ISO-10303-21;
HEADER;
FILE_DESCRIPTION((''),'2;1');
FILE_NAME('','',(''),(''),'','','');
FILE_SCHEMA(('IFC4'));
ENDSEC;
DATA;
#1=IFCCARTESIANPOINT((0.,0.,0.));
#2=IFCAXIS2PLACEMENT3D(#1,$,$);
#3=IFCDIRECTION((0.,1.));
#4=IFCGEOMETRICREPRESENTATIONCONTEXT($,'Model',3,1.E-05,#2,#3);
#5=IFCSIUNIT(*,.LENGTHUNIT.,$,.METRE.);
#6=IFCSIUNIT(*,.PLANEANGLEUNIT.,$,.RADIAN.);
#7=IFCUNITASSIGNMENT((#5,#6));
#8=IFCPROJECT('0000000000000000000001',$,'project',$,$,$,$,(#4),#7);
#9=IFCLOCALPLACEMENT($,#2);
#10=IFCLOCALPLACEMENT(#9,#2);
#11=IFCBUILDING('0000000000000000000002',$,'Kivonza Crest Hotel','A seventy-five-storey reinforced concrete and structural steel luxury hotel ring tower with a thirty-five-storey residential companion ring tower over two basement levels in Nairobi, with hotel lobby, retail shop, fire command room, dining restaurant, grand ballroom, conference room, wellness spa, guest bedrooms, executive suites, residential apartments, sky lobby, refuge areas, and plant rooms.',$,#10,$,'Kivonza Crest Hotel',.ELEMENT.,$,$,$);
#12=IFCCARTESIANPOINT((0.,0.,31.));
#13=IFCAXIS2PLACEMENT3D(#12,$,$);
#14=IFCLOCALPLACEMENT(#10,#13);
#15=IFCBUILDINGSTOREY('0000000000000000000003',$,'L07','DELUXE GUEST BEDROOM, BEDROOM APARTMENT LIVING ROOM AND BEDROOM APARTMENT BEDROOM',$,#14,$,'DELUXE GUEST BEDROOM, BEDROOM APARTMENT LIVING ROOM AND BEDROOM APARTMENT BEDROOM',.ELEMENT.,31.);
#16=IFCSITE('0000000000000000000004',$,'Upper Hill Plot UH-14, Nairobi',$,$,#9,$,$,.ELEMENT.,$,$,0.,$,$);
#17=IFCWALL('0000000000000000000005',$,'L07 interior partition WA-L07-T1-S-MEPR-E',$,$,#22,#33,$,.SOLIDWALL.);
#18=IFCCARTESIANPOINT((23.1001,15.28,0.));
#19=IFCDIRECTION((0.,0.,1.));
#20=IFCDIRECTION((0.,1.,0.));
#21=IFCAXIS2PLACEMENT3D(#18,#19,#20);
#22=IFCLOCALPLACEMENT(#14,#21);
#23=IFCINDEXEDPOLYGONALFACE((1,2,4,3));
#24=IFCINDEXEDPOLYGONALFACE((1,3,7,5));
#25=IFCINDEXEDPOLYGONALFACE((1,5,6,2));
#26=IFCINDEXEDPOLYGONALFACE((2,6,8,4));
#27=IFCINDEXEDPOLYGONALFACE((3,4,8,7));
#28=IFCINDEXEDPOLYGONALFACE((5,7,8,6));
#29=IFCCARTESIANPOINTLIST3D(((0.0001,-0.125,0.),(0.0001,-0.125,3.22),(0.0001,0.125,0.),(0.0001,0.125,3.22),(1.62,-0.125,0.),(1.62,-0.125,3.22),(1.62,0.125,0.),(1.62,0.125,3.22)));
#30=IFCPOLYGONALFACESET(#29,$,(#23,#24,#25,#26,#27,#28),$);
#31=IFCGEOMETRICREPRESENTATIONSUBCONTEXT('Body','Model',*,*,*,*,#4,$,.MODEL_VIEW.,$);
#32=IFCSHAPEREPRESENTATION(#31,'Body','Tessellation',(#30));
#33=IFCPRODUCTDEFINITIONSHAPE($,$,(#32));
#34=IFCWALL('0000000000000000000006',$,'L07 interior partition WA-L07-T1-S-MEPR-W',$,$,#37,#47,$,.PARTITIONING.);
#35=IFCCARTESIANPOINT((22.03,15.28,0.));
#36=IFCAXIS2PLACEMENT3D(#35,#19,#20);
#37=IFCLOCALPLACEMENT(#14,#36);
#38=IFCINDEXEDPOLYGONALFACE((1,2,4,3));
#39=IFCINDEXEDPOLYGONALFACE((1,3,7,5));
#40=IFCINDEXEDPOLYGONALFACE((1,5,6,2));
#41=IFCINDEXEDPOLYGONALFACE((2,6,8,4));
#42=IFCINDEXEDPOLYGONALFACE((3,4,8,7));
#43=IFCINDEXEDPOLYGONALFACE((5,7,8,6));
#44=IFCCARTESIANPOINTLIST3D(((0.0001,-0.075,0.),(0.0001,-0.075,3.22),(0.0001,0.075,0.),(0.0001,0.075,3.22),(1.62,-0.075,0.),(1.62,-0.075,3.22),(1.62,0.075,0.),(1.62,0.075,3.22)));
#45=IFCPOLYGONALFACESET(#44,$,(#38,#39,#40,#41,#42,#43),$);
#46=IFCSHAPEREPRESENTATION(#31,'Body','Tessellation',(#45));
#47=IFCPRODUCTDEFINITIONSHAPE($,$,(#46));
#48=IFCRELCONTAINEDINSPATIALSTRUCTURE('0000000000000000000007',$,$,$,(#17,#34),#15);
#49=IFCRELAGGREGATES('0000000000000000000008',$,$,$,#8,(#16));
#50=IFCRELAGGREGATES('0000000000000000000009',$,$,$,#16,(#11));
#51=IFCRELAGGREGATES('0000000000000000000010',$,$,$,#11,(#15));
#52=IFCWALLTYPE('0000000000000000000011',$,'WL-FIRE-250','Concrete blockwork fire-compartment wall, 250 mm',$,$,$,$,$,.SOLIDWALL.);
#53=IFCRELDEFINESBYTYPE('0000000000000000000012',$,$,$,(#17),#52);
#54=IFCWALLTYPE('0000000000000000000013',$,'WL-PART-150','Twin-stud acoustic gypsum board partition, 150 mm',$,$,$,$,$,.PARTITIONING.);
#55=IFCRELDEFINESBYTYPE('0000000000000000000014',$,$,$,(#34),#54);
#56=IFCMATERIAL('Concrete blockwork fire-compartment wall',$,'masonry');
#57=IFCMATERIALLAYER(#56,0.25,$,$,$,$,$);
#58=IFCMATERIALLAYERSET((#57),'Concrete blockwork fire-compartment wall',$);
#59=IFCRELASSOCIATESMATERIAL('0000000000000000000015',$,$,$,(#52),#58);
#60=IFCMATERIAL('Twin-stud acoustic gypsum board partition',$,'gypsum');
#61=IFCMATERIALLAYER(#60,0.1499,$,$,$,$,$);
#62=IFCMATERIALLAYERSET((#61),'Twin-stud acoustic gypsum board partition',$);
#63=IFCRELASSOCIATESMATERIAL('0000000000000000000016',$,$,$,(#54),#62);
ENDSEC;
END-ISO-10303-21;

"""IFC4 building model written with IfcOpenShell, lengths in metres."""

from ifc_helpers import new_model, si_unit, direction, frame, frame_2d, origin, place, context, subcontext, project, spatial, rectangle, extrude, material, layer, layer_set, type_object, element, save


model = new_model("IFC4")

# Units and contexts
model_context = context("Model", 3, precision=1e-05, world=origin(), true_north=direction((0.0, 1.0)))
body_context = subcontext(model_context, "Body", "Model", "MODEL_VIEW")
ifc_project = project(units=[si_unit("LENGTHUNIT", "METRE"), si_unit("PLANEANGLEUNIT", "RADIAN")], contexts=[model_context])

# Site, building, storey
site_placement = place(None, origin())
site = spatial("IfcSite", under=ifc_project, at=site_placement, Name="Upper Hill Plot UH-14, Nairobi", CompositionType="ELEMENT", RefElevation=0.0)
building_placement = place(site_placement, origin())
building = spatial("IfcBuilding", under=site, at=building_placement, Name="Kivonza Crest Hotel", Description="A seventy-five-storey reinforced concrete and structural steel luxury hotel ring tower with a thirty-five-storey residential companion ring tower over two basement levels in Nairobi, with hotel lobby, retail shop, fire command room, dining restaurant, grand ballroom, conference room, wellness spa, guest bedrooms, executive suites, residential apartments, sky lobby, refuge areas, and plant rooms.", LongName="Kivonza Crest Hotel", CompositionType="ELEMENT")
storey_placement = place(building_placement, frame((0.0, 0.0, 31.0)))
storey = spatial("IfcBuildingStorey", under=building, at=storey_placement, Name="L07", Description="DELUXE GUEST BEDROOM, BEDROOM APARTMENT LIVING ROOM AND BEDROOM APARTMENT BEDROOM", LongName="DELUXE GUEST BEDROOM, BEDROOM APARTMENT LIVING ROOM AND BEDROOM APARTMENT BEDROOM", CompositionType="ELEMENT", Elevation=31.0)

# Walls
ifc_material_1 = material(Name="Concrete blockwork fire-compartment wall", Category="masonry")
ifc_layer_1 = layer(ifc_material_1, 0.25)
ifc_layer_set_1 = layer_set([ifc_layer_1], Name="Concrete blockwork fire-compartment wall")
wall_type_1 = type_object("IfcWallType", Name="WL-FIRE-250", Description="Concrete blockwork fire-compartment wall, 250 mm", PredefinedType="SOLIDWALL", material=ifc_layer_set_1)
wall_1_placement = place(storey_placement, frame((23.1001, 15.28, 0.0), z_axis=(0.0, 0.0, 1.0), x_axis=(0.0, 1.0, 0.0)))
element("IfcWall", 1, at=wall_1_placement, inside=storey, type_object=wall_type_1, Name="L07 interior partition WA-L07-T1-S-MEPR-E", PredefinedType="SOLIDWALL", context=body_context, shape_type="SweptSolid", body=[
    extrude(rectangle(XDim=1.6199, YDim=0.25, at=frame_2d((0.8101, 0.0))), origin(), (0.0, 0.0, 1.0), 3.22),
])
ifc_material_2 = material(Name="Twin-stud acoustic gypsum board partition", Category="gypsum")
ifc_layer_2 = layer(ifc_material_2, 0.1499)
ifc_layer_set_2 = layer_set([ifc_layer_2], Name="Twin-stud acoustic gypsum board partition")
wall_type_2 = type_object("IfcWallType", Name="WL-PART-150", Description="Twin-stud acoustic gypsum board partition, 150 mm", PredefinedType="PARTITIONING", material=ifc_layer_set_2)
wall_2_placement = place(storey_placement, frame((22.03, 15.28, 0.0), z_axis=(0.0, 0.0, 1.0), x_axis=(0.0, 1.0, 0.0)))
element("IfcWall", 2, at=wall_2_placement, inside=storey, type_object=wall_type_2, Name="L07 interior partition WA-L07-T1-S-MEPR-W", PredefinedType="PARTITIONING", context=body_context, shape_type="SweptSolid", body=[
    extrude(rectangle(XDim=1.6199, YDim=0.1499, at=frame_2d((0.8101, 0.0))), origin(), (0.0, 0.0, 1.0), 3.22),
])

save(model, "model.ifc")
